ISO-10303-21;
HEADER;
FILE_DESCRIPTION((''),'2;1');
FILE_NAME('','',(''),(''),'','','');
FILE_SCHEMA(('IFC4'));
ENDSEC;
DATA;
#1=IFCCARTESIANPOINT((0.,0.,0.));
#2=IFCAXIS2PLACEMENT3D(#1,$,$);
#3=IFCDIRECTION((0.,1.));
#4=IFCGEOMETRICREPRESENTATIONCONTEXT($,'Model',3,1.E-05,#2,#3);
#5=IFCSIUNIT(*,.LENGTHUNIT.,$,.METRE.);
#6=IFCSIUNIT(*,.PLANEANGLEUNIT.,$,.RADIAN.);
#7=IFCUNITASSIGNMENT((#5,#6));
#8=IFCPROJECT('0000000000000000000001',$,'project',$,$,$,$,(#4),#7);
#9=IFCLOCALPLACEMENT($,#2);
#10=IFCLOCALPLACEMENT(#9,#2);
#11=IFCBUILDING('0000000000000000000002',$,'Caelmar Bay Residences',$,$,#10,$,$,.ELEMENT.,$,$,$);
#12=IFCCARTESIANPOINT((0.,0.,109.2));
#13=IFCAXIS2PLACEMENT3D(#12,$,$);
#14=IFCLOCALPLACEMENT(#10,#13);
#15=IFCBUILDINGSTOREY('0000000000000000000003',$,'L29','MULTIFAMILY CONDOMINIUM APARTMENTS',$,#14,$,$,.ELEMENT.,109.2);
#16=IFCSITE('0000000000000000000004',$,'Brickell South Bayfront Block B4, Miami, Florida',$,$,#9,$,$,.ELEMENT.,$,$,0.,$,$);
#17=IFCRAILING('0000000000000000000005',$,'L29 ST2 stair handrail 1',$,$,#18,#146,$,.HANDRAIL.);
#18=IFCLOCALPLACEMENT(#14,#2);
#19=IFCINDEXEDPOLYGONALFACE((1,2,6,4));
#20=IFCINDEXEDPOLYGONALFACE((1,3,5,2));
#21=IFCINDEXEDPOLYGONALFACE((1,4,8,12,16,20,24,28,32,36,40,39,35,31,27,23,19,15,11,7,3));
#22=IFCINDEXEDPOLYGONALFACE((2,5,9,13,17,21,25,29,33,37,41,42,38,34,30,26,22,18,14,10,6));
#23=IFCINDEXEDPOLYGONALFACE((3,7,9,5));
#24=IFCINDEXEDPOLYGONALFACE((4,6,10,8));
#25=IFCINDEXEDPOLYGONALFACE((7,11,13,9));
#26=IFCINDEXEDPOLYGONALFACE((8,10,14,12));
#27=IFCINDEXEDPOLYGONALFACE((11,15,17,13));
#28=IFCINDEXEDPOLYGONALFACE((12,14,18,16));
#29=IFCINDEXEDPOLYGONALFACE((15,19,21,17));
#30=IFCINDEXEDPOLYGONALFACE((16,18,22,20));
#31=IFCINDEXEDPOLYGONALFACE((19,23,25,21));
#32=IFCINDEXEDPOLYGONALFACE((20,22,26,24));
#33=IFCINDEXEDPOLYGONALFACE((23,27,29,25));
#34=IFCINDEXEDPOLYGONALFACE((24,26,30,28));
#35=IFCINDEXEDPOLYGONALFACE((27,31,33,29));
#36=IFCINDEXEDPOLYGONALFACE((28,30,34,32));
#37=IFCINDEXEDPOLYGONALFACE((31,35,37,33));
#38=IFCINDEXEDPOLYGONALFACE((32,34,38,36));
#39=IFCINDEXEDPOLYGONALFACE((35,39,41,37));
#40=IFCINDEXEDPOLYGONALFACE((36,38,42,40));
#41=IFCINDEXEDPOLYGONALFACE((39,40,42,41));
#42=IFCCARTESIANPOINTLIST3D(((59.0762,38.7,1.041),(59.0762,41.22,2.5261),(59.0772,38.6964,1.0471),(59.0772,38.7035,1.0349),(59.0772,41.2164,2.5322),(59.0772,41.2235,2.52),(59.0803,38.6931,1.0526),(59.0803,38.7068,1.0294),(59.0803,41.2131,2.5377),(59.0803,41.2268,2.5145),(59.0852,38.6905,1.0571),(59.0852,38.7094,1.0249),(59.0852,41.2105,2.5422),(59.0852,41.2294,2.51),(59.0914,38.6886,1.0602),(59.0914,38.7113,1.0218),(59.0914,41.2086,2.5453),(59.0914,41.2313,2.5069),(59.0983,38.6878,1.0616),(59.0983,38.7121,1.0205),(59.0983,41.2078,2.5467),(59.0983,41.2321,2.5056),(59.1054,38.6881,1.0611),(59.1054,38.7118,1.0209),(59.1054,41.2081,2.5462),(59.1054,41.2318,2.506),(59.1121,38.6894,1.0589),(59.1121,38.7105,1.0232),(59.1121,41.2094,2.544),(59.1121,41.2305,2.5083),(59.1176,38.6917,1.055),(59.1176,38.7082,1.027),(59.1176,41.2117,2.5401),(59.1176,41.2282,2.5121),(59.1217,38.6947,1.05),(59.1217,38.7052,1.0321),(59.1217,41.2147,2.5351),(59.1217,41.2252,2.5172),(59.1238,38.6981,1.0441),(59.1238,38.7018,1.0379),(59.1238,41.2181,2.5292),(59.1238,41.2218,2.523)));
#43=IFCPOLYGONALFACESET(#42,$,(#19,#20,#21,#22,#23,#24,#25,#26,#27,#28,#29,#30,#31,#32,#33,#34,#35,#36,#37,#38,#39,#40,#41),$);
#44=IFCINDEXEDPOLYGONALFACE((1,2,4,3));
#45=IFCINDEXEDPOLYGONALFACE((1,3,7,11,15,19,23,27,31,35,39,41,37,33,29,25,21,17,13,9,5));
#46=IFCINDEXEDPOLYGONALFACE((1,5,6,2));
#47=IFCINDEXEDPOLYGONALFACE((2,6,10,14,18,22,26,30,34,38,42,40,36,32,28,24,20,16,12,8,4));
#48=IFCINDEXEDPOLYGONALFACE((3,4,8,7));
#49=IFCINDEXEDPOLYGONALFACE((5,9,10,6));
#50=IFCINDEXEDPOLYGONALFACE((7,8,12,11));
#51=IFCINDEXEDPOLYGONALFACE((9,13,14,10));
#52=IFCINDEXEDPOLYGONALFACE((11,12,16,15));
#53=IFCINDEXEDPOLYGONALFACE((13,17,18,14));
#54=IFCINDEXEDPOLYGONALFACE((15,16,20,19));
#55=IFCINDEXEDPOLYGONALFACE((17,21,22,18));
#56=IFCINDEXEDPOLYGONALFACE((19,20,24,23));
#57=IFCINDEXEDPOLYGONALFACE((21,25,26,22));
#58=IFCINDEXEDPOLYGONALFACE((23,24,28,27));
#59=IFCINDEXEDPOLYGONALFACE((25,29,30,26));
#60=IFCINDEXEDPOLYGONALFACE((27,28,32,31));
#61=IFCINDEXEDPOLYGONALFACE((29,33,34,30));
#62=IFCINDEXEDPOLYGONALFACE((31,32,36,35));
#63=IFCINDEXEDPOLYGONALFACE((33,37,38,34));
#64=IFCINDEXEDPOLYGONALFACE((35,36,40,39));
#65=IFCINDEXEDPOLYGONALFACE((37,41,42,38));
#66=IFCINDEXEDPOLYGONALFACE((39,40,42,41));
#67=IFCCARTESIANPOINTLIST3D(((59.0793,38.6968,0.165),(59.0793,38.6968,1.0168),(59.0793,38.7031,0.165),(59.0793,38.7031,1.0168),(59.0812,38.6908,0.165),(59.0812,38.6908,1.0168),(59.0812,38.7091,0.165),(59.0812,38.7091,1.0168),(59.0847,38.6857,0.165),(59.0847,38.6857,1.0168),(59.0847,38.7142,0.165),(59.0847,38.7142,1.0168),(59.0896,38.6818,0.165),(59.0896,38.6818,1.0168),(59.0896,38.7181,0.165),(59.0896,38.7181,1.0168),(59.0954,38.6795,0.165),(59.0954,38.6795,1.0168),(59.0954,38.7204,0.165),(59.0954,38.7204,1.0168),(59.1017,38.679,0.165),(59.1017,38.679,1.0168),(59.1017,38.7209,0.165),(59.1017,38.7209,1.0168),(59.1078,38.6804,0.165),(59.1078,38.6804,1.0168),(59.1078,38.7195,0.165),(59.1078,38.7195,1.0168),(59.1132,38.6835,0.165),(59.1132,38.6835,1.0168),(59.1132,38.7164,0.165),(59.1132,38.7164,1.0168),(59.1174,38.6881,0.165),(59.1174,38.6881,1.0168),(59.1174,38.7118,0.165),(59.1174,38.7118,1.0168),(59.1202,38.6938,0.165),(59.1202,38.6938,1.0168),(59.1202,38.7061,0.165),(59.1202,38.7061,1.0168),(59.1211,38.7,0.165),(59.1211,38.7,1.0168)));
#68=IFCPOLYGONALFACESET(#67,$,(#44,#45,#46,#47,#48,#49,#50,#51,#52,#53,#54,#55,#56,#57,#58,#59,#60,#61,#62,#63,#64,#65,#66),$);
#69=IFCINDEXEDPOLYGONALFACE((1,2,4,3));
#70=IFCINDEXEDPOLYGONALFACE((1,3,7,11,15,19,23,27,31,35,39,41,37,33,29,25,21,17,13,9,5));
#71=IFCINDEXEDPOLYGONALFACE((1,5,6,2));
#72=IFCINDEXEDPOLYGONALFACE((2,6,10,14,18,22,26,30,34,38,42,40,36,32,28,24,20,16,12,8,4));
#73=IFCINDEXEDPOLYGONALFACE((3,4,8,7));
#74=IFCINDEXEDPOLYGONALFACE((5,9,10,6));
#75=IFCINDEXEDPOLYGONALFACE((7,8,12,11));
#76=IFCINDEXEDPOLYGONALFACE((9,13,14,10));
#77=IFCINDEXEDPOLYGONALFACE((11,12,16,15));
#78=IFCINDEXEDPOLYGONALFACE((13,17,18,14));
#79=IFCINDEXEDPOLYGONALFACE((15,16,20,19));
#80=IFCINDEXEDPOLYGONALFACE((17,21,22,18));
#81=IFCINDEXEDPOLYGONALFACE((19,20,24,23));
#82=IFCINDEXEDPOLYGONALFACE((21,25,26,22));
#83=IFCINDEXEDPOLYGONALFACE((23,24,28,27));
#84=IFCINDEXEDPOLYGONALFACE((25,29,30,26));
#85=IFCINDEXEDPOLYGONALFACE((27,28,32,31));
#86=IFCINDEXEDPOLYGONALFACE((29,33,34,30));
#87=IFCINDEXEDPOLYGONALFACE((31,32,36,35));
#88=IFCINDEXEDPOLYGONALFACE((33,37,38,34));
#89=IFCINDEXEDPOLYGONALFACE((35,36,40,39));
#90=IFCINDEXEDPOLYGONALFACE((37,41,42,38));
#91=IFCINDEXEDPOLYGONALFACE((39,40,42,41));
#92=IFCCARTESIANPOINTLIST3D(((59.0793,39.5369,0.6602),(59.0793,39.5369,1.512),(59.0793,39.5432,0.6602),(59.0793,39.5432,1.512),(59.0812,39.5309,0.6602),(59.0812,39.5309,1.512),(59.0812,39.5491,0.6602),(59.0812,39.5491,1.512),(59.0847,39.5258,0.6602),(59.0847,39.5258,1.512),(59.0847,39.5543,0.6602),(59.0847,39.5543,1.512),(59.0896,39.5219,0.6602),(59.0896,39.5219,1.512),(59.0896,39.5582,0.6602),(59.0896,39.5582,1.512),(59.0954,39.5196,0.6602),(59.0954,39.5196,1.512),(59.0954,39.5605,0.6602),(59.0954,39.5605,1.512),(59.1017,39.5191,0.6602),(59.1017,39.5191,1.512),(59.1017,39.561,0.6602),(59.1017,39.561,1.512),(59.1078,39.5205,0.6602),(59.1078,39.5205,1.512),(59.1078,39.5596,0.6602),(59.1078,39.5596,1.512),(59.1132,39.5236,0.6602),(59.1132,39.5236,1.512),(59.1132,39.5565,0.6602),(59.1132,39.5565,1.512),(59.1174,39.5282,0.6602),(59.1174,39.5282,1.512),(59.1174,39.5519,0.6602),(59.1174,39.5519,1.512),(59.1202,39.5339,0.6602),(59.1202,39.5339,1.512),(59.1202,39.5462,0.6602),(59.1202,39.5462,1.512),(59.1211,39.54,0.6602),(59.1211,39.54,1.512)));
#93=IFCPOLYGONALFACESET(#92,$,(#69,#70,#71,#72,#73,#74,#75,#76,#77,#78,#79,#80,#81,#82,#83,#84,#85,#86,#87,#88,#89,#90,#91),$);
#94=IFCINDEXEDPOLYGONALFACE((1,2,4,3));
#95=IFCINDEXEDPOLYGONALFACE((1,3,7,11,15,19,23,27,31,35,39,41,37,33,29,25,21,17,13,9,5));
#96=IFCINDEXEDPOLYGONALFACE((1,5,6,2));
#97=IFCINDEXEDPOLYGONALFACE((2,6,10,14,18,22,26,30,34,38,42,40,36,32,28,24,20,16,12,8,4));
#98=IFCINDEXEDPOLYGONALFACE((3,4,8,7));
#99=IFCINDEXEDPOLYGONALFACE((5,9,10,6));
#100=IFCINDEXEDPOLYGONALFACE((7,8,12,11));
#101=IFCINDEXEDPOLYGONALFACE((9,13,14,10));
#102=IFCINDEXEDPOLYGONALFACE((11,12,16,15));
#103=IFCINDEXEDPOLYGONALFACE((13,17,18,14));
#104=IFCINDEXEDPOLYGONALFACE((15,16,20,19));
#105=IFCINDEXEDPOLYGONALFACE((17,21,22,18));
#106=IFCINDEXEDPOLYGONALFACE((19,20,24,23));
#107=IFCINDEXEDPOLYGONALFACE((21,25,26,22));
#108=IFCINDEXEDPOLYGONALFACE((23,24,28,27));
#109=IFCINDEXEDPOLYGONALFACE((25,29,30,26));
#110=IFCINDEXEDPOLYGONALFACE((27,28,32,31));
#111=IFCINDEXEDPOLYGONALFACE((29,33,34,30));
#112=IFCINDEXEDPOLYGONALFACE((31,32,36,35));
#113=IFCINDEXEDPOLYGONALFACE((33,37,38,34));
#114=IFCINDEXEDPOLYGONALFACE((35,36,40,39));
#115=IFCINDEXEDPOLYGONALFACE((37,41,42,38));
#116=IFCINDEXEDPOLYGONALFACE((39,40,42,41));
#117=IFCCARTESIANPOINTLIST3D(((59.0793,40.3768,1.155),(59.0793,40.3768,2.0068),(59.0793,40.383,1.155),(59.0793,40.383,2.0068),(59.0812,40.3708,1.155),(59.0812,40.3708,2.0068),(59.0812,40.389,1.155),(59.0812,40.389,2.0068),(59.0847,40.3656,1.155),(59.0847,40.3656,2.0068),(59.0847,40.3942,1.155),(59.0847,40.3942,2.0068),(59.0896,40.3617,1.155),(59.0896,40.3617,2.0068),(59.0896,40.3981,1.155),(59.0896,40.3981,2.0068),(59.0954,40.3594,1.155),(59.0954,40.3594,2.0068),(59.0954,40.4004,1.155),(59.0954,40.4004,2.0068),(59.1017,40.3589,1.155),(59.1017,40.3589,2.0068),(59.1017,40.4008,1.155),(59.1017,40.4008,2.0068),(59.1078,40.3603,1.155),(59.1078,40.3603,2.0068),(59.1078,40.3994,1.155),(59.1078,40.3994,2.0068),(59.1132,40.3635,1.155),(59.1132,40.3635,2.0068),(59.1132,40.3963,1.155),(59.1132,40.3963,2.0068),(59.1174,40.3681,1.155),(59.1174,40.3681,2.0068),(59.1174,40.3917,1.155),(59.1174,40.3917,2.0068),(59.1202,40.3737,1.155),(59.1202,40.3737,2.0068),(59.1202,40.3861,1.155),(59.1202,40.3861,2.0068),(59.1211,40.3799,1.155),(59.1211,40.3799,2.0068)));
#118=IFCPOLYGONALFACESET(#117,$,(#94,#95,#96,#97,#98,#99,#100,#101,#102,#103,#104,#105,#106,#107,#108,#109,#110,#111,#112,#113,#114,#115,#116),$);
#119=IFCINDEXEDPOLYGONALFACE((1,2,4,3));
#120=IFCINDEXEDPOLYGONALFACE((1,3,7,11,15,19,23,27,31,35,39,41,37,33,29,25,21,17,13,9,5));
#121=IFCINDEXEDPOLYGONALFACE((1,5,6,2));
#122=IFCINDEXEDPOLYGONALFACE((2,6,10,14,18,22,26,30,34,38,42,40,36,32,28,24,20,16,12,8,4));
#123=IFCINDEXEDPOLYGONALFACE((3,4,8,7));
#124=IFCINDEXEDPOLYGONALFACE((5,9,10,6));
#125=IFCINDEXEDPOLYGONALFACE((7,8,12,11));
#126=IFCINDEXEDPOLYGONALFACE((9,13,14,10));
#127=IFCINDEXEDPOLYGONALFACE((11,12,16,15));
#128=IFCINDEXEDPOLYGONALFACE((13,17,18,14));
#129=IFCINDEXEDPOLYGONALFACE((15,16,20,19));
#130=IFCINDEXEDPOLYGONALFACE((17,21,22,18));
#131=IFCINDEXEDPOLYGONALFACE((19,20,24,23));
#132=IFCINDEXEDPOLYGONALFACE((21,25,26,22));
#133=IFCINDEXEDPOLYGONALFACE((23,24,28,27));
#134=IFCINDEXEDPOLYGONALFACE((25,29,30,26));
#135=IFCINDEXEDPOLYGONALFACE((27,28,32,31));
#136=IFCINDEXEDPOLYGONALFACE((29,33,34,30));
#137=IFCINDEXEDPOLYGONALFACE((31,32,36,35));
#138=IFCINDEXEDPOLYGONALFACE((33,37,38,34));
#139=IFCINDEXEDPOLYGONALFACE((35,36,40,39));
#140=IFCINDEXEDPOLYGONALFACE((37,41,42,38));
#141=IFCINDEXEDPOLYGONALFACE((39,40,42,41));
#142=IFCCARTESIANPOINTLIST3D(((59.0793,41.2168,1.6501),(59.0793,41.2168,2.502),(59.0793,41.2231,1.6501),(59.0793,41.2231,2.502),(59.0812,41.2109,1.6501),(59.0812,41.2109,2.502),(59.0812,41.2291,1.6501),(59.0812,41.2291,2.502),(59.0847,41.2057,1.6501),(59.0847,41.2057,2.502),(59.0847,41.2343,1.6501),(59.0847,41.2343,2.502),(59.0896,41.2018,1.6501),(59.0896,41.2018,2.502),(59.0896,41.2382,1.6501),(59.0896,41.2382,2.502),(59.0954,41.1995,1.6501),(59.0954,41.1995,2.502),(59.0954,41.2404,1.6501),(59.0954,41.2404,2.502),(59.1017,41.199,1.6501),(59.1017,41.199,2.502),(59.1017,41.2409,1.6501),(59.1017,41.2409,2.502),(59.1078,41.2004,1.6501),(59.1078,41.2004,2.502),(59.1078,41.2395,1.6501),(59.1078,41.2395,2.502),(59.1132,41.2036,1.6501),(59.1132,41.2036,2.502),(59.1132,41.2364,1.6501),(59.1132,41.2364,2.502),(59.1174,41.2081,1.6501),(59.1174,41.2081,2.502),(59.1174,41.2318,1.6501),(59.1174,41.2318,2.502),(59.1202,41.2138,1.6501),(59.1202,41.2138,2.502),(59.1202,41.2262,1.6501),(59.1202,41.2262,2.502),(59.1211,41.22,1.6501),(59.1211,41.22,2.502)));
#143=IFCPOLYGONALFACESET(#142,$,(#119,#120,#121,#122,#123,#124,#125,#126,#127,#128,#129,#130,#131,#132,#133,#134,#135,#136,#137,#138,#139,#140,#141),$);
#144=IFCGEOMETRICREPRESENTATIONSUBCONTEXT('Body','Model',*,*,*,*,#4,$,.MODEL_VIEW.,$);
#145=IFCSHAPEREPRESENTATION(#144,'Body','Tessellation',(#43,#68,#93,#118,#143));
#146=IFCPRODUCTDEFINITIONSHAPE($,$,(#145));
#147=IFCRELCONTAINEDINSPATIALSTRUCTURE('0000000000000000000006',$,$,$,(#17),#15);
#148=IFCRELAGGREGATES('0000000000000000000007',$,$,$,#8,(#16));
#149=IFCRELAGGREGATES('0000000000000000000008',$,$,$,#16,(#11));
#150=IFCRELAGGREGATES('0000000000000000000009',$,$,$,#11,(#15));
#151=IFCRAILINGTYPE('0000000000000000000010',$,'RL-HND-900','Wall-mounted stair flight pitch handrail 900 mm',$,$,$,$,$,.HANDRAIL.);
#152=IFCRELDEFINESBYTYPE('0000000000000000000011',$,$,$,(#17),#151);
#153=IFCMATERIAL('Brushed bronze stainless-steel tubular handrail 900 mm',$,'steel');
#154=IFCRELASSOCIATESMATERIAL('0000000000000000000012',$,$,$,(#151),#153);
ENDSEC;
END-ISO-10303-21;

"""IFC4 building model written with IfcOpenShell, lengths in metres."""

from ifc_helpers import new_model, si_unit, direction, frame, origin, origin_2d, place, context, subcontext, project, spatial, circle, extrude, material, type_object, element, save


model = new_model("IFC4")

# Units and contexts
model_context = context("Model", 3, precision=1e-05, world=origin(), true_north=direction((0.0, 1.0)))
body_context = subcontext(model_context, "Body", "Model", "MODEL_VIEW")
ifc_project = project(units=[si_unit("LENGTHUNIT", "METRE"), si_unit("PLANEANGLEUNIT", "RADIAN")], contexts=[model_context])

# Site, building, storey
site_placement = place(None, origin())
site = spatial("IfcSite", under=ifc_project, at=site_placement, Name="Brickell South Bayfront Block B4, Miami, Florida", CompositionType="ELEMENT", RefElevation=0.0)
building_placement = place(site_placement, origin())
building = spatial("IfcBuilding", under=site, at=building_placement, Name="Caelmar Bay Residences", CompositionType="ELEMENT")
storey_placement = place(building_placement, frame((0.0, 0.0, 109.2)))
storey = spatial("IfcBuildingStorey", under=building, at=storey_placement, Name="L29", Description="MULTIFAMILY CONDOMINIUM APARTMENTS", CompositionType="ELEMENT", Elevation=109.2)

# Railing
ifc_material_1 = material(Name="Brushed bronze stainless-steel tubular handrail 900 mm", Category="steel")
railing_type_1 = type_object("IfcRailingType", Name="RL-HND-900", Description="Wall-mounted stair flight pitch handrail 900 mm", PredefinedType="HANDRAIL", material=ifc_material_1)
railing_1_placement = place(storey_placement, frame((59.1001, 38.7, 0.165)))
element("IfcRailing", 1, at=railing_1_placement, inside=storey, type_object=railing_type_1, Name="L29 ST2 stair handrail 1", PredefinedType="HANDRAIL", context=body_context, shape_type="SweptSolid", body=[
    extrude(circle(Radius=0.0239, at=origin_2d()), frame((0.0, 0.0, 0.876), z_axis=(0.0, 0.861524, 0.507717), x_axis=(-1.0, 0.0, 0.0)), (0.0, 0.0, 1.0), 2.925),
    extrude(circle(Radius=0.021, at=origin_2d()), origin(), (0.0, 0.0, 1.0), 0.8518),
    extrude(circle(Radius=0.021, at=origin_2d()), frame((0.0, 0.8401, 0.4951)), (0.0, 0.0, 1.0), 0.8518),
    extrude(circle(Radius=0.021, at=origin_2d()), frame((0.0, 1.6799, 0.99)), (0.0, 0.0, 1.0), 0.8518),
    extrude(circle(Radius=0.021, at=origin_2d()), frame((0.0, 2.52, 1.4851)), (0.0, 0.0, 1.0), 0.8518),
])

save(model, "model.ifc")
